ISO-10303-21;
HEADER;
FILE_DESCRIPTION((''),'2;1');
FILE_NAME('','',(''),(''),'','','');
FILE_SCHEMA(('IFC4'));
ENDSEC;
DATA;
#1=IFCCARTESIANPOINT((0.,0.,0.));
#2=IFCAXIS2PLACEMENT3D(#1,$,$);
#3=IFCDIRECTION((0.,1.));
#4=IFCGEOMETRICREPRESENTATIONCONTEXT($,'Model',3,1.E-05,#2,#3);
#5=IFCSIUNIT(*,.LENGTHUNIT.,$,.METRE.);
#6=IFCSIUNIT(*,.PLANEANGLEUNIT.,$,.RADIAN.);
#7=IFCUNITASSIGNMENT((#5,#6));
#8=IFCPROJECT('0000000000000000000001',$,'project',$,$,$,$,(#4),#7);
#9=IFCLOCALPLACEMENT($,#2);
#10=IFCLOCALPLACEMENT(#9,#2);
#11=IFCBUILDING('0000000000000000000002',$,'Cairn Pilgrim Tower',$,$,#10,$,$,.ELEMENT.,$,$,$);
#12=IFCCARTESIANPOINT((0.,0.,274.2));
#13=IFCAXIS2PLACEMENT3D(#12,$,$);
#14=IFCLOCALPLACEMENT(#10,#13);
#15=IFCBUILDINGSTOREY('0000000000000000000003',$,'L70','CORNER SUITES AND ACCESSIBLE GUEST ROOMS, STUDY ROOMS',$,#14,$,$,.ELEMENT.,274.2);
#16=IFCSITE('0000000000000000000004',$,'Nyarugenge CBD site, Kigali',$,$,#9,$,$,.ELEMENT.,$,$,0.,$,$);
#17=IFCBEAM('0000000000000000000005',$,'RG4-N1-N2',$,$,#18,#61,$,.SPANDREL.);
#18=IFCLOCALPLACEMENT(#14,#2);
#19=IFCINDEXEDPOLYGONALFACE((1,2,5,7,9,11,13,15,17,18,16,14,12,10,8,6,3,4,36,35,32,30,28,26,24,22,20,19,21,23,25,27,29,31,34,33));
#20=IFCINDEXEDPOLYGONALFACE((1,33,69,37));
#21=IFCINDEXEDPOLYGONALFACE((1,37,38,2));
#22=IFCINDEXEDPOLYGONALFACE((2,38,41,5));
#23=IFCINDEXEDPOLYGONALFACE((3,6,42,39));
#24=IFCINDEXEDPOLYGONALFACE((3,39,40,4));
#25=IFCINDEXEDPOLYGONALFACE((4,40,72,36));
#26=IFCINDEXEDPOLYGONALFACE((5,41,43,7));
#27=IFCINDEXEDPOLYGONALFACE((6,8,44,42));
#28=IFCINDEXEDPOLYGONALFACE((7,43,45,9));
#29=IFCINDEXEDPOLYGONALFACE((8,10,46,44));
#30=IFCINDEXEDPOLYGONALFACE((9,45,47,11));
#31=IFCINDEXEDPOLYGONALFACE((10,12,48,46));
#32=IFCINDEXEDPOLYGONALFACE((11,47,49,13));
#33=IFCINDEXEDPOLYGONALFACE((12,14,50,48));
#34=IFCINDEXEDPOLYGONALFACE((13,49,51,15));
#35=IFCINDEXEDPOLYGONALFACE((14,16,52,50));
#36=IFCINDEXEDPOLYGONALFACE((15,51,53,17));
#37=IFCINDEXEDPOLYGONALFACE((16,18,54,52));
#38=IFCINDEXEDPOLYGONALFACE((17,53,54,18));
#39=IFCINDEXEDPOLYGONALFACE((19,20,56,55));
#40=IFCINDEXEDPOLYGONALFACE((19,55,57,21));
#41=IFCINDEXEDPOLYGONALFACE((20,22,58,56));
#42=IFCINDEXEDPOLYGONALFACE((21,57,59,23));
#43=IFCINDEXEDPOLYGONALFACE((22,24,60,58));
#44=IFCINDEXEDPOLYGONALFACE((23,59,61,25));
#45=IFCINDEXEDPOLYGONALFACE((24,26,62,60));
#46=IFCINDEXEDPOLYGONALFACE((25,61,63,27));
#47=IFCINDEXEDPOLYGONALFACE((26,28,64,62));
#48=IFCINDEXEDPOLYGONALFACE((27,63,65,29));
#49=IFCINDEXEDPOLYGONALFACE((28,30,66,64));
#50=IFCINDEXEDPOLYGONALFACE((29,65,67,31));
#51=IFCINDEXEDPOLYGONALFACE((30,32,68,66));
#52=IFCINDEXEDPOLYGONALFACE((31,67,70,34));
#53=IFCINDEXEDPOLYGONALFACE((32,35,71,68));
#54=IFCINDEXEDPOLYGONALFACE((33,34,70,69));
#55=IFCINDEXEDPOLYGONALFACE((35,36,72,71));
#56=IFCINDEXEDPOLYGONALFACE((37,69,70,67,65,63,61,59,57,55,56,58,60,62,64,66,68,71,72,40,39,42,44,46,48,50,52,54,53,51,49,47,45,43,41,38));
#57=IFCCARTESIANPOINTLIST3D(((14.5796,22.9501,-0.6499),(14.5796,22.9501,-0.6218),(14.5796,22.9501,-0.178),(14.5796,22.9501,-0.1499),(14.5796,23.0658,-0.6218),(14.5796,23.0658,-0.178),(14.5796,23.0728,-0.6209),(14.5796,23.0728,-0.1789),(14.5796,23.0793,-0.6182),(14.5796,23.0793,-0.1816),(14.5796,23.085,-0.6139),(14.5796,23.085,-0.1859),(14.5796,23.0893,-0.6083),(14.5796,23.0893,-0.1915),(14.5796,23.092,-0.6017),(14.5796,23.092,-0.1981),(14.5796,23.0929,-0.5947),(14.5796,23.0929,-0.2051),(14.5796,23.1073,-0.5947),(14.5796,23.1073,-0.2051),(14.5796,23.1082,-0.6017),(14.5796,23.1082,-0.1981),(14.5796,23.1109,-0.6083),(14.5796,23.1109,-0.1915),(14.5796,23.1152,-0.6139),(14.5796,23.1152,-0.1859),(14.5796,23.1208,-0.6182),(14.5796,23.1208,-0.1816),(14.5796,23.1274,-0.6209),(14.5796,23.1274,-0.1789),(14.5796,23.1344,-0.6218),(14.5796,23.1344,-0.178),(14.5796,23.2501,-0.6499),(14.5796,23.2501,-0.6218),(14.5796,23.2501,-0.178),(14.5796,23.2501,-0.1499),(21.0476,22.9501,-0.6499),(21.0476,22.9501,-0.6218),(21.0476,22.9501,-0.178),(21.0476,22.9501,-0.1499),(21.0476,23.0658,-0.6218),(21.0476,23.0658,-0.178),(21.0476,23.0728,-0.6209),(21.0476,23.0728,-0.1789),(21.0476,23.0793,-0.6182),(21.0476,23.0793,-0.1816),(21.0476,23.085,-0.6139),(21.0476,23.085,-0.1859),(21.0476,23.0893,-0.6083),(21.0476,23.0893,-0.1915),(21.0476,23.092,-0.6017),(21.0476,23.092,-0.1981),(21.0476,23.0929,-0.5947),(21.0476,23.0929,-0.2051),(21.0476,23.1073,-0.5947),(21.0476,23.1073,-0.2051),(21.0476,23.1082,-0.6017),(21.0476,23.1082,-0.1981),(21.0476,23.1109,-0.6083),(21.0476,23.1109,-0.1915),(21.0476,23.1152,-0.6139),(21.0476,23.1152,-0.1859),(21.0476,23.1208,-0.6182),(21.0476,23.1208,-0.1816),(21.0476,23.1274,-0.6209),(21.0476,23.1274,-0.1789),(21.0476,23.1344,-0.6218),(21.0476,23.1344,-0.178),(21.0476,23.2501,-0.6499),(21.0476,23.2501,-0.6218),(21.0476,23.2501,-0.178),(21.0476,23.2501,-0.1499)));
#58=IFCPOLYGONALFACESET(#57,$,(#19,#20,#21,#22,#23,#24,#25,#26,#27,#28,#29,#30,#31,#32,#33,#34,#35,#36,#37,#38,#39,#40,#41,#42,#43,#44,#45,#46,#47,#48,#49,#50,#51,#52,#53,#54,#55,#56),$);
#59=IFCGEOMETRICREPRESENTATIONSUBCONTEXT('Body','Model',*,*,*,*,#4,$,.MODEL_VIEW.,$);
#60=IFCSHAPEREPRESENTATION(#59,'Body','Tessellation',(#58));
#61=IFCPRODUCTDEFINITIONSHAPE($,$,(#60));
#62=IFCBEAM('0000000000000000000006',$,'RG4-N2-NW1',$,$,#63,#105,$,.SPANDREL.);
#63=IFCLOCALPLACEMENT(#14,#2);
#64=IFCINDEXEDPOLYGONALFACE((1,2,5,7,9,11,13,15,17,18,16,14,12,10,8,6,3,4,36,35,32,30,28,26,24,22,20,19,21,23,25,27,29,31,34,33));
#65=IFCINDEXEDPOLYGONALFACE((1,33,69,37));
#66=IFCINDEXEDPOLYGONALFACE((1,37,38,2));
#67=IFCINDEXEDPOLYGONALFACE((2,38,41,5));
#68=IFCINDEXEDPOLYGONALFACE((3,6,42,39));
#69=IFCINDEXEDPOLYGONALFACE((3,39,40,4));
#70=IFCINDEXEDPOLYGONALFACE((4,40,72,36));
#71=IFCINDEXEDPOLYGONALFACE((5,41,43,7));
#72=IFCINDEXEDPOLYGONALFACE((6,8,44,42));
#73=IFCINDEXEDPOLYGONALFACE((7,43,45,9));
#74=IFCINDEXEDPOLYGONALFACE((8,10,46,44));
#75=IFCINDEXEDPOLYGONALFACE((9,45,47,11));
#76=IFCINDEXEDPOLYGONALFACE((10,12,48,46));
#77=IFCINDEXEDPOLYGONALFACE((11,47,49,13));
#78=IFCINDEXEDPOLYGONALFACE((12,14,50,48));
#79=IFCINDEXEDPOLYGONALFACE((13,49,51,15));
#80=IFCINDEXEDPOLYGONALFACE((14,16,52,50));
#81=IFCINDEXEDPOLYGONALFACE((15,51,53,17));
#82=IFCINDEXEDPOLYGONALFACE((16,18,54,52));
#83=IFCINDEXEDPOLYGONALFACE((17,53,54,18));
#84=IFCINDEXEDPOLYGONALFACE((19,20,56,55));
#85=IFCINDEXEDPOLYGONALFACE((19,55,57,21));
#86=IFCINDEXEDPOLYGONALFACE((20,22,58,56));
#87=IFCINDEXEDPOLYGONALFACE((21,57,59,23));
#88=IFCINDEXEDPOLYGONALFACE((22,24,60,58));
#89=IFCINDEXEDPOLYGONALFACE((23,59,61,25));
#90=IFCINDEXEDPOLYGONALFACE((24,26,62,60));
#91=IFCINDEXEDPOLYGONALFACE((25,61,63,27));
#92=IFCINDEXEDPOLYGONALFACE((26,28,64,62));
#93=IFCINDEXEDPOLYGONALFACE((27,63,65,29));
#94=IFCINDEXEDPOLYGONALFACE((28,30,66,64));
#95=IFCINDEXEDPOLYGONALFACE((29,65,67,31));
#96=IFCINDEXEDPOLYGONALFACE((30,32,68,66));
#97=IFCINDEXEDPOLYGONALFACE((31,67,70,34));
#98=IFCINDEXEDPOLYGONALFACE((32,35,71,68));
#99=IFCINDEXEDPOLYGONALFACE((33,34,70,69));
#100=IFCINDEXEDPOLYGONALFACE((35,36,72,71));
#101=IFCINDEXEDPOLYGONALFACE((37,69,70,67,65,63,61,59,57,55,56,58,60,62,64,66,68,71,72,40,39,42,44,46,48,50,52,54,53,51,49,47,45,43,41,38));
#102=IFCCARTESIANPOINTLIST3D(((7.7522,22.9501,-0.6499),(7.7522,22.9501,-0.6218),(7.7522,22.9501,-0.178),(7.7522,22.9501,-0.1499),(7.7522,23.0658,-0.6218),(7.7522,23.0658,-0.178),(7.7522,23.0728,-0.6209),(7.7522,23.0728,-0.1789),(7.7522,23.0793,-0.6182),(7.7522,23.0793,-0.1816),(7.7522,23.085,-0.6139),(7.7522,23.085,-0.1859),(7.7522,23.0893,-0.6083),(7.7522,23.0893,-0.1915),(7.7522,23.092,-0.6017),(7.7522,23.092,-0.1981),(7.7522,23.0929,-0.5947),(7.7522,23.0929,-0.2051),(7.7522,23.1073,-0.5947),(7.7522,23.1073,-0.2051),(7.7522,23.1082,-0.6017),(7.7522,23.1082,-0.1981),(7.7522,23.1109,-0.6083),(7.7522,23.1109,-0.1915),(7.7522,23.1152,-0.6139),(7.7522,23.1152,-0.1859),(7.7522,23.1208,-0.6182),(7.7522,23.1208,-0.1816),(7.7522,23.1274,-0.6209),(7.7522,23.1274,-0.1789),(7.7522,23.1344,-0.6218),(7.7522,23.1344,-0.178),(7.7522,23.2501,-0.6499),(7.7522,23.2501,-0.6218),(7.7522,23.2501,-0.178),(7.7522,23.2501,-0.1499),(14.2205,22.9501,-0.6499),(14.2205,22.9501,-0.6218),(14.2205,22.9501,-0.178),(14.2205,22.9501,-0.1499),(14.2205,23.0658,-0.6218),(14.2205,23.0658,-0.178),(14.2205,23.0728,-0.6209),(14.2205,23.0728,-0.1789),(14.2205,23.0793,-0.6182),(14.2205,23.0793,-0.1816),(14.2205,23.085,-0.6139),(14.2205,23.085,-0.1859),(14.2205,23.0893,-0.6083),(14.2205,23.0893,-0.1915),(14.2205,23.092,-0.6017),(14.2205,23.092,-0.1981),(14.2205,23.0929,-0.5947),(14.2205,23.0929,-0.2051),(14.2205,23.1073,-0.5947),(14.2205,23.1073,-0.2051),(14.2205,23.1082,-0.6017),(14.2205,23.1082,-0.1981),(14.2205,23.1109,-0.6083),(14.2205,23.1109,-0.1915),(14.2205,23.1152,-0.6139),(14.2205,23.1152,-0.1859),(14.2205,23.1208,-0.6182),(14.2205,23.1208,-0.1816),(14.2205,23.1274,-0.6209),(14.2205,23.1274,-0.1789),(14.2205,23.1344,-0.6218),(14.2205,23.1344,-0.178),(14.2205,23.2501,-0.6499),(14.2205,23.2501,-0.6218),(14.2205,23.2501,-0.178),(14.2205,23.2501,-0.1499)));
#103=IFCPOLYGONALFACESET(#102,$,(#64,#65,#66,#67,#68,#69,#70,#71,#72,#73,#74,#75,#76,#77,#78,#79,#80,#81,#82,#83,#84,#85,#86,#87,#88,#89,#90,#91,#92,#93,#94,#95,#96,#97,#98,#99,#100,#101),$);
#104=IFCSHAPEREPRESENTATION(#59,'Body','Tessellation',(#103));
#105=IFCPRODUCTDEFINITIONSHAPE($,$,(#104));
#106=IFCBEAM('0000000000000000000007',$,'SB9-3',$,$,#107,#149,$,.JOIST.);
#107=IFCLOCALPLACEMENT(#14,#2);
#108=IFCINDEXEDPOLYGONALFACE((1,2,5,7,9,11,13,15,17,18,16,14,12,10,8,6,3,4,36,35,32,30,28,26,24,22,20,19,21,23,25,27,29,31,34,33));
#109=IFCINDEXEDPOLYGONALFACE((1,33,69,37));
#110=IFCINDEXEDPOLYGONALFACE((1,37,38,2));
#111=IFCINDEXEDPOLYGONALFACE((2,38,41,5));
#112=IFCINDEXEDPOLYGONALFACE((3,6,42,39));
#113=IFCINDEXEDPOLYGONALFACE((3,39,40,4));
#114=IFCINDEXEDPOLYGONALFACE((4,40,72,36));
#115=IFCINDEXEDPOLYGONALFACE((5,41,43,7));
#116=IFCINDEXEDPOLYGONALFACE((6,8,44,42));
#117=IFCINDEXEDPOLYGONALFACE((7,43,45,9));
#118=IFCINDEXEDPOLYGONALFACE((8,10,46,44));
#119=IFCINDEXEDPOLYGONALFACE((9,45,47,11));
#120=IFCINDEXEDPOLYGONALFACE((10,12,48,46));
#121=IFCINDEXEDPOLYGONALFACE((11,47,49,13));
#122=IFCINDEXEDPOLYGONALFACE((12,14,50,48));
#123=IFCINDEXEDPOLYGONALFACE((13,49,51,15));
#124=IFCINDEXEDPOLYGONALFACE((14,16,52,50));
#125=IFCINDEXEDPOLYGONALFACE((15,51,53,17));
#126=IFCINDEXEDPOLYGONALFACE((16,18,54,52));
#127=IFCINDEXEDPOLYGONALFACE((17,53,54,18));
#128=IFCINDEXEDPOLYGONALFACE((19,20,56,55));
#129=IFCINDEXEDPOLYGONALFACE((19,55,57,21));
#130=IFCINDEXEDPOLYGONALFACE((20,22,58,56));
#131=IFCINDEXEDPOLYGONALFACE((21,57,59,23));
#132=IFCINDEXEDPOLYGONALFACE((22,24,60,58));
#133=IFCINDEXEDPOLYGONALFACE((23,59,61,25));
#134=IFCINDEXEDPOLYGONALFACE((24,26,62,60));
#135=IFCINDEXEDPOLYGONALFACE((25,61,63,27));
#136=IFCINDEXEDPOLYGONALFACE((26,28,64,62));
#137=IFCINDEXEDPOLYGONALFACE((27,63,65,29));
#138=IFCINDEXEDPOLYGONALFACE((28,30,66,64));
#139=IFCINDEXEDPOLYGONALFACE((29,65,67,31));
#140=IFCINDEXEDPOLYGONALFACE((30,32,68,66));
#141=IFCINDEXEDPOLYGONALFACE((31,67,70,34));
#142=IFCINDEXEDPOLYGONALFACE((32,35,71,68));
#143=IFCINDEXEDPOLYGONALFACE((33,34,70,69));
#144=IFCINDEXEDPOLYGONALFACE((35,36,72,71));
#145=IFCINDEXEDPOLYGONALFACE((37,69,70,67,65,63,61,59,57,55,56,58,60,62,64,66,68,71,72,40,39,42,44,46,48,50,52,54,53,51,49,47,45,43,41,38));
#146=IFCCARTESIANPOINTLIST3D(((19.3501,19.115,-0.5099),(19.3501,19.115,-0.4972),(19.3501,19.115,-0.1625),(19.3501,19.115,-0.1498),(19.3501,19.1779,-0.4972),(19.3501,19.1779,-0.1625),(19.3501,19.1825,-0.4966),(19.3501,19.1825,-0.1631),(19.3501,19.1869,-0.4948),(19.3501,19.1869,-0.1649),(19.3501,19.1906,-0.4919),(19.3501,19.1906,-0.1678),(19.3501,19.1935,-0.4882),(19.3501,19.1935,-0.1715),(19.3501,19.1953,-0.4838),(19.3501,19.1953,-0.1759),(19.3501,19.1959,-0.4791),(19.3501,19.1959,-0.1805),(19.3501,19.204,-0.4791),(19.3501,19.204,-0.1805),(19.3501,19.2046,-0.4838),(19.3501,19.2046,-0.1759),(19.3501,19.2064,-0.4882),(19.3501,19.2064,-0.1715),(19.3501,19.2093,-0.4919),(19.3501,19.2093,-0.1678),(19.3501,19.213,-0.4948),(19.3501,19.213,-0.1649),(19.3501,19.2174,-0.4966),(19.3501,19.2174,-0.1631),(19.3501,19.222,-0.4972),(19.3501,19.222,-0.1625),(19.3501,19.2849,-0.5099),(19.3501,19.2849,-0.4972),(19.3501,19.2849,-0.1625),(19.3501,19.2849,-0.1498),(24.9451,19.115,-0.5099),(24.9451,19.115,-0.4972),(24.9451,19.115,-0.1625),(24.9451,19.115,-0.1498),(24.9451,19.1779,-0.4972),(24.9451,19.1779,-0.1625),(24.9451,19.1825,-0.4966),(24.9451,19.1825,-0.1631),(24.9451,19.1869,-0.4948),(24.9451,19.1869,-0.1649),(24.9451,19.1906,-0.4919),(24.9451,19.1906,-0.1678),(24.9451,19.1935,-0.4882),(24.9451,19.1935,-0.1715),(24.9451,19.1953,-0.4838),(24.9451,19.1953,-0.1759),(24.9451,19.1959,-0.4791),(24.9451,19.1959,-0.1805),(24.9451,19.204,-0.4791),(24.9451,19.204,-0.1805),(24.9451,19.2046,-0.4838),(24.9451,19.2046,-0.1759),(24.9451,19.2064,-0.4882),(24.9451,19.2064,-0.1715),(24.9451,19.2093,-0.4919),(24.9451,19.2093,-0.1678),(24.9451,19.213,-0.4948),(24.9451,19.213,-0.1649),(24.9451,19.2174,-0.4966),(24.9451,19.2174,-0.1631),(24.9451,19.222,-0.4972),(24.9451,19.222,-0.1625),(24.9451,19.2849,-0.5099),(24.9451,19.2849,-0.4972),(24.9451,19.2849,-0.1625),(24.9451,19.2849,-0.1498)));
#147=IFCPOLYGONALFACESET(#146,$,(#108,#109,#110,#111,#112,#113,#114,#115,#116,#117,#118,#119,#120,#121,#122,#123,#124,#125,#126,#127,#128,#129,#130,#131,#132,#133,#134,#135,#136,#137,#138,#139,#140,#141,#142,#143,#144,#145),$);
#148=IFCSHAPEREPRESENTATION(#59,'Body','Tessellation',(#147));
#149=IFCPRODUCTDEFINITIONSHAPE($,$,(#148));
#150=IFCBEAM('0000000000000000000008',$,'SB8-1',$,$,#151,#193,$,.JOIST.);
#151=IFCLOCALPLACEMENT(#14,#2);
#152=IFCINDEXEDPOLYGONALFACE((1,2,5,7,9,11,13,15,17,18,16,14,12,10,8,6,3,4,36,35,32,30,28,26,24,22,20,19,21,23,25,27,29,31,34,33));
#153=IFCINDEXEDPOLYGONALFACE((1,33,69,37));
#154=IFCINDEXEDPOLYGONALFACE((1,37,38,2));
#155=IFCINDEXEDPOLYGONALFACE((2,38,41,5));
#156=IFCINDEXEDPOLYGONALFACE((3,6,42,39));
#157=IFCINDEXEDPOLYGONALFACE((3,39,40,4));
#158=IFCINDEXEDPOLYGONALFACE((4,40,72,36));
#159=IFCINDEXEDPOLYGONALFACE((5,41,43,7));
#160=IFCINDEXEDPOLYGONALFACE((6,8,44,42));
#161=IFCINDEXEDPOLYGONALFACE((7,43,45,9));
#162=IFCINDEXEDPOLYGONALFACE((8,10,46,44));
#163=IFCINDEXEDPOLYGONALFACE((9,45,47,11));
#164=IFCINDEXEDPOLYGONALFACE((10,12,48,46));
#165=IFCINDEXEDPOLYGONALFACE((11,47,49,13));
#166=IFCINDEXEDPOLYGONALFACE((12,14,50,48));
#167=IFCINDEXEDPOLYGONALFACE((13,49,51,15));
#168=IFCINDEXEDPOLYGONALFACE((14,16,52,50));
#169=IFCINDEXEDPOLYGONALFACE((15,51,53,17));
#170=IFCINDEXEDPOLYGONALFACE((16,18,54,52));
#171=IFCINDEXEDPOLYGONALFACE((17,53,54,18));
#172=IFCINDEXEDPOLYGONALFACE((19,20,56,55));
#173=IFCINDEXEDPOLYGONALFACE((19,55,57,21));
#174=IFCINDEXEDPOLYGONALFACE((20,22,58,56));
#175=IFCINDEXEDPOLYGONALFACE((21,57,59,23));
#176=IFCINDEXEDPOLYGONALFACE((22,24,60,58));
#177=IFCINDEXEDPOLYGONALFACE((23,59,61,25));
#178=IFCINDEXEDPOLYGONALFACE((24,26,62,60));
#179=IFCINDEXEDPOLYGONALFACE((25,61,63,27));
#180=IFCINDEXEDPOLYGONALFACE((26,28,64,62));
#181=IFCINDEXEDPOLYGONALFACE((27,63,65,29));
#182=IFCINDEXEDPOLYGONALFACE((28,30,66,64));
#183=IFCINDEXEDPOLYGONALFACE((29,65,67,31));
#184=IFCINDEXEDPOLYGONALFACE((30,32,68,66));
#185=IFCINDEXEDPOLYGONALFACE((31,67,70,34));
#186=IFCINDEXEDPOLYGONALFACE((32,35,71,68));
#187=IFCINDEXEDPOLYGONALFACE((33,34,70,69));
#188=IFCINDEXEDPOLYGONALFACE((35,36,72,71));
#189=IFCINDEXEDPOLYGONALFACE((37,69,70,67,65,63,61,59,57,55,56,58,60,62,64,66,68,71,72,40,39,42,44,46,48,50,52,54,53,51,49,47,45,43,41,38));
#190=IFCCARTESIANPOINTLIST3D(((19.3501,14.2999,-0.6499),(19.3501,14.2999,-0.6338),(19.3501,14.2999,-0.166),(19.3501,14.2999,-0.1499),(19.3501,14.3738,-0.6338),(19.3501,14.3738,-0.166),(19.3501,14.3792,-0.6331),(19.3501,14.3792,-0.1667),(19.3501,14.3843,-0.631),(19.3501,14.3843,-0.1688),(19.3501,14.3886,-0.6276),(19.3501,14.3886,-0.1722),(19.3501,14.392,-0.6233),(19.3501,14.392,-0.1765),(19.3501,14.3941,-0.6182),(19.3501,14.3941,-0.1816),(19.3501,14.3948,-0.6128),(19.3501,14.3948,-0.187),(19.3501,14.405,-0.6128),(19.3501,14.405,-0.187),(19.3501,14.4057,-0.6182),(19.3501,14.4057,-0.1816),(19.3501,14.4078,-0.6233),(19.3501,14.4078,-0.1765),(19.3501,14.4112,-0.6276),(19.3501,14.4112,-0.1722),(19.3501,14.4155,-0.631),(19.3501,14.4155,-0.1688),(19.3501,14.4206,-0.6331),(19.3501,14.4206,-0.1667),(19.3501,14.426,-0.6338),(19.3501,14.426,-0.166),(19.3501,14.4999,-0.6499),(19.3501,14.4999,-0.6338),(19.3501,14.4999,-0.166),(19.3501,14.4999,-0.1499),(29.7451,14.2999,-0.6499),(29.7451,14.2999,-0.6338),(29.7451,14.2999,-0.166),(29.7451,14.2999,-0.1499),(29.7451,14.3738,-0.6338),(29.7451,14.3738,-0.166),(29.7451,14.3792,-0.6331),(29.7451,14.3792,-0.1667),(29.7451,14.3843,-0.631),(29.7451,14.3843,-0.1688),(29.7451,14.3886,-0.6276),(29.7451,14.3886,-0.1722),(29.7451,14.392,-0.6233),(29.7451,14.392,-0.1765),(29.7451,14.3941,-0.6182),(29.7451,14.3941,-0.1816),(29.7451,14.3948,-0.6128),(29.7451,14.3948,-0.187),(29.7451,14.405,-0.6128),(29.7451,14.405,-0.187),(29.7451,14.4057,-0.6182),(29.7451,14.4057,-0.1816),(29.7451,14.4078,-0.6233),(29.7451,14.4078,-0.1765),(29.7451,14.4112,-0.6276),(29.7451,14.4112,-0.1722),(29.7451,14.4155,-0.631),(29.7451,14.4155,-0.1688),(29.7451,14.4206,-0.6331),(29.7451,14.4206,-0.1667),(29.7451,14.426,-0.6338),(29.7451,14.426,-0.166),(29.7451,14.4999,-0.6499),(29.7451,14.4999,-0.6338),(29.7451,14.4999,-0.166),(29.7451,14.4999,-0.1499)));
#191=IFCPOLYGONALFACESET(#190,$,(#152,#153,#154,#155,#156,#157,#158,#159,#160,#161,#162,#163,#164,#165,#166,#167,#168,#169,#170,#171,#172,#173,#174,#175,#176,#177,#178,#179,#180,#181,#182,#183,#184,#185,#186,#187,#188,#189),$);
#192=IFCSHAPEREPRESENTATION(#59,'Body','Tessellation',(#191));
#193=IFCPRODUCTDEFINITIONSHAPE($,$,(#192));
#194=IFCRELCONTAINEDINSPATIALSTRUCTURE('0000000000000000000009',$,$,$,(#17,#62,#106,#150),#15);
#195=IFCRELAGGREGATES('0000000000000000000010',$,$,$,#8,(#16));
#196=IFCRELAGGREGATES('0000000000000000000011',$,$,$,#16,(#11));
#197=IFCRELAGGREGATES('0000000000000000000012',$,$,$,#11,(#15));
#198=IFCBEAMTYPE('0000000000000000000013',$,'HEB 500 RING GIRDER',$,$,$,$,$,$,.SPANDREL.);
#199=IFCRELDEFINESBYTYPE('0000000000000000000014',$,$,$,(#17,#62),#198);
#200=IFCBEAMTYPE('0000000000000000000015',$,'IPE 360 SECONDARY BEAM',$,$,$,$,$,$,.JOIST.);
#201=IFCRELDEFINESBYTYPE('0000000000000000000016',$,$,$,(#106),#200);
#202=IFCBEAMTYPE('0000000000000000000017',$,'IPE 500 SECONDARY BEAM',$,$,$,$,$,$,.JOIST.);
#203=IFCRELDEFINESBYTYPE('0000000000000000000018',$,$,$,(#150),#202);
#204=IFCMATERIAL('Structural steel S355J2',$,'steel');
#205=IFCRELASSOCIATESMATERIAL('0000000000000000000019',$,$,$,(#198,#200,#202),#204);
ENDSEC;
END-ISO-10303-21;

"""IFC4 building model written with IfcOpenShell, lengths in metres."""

from ifc_helpers import new_model, si_unit, direction, frame, origin, origin_2d, place, context, subcontext, project, spatial, i_section, extrude, material, material_profile, profile_set, type_object, element, save


model = new_model("IFC4")

# Units and contexts
model_context = context("Model", 3, precision=1e-05, world=origin(), true_north=direction((0.0, 1.0)))
body_context = subcontext(model_context, "Body", "Model", "MODEL_VIEW")
ifc_project = project(units=[si_unit("LENGTHUNIT", "METRE"), si_unit("PLANEANGLEUNIT", "RADIAN")], contexts=[model_context])

# Site, building, storey
site_placement = place(None, origin())
site = spatial("IfcSite", under=ifc_project, at=site_placement, Name="Nyarugenge CBD site, Kigali", CompositionType="ELEMENT", RefElevation=0.0)
building_placement = place(site_placement, origin())
building = spatial("IfcBuilding", under=site, at=building_placement, Name="Cairn Pilgrim Tower", CompositionType="ELEMENT")
storey_placement = place(building_placement, frame((0.0, 0.0, 274.2)))
storey = spatial("IfcBuildingStorey", under=building, at=storey_placement, Name="L70", Description="CORNER SUITES AND ACCESSIBLE GUEST ROOMS, STUDY ROOMS", CompositionType="ELEMENT", Elevation=274.2)

# Shared definitions
ifc_material_1 = material(Name="Structural steel S355J2", Category="steel")

# Beams
ifc_material_profile_1 = material_profile(ifc_material_1, i_section(OverallWidth=0.3, OverallDepth=0.5, WebThickness=0.0144, FlangeThickness=0.0281, FilletRadius=0.0271, at=origin_2d()), Name="HEB 500")
ifc_profile_set_1 = profile_set([ifc_material_profile_1], Name="Structural steel S355J2")
beam_type_1 = type_object("IfcBeamType", Name="HEB 500 RING GIRDER", PredefinedType="SPANDREL", material=ifc_profile_set_1)
beam_1_placement = place(storey_placement, frame((21.0476, 23.1001, -0.3999), z_axis=(-1.0, 0.0, 0.0), x_axis=(0.0, -1.0, 0.0)))
element("IfcBeam", 1, at=beam_1_placement, inside=storey, type_object=beam_type_1, Name="RG4-N1-N2", PredefinedType="SPANDREL", context=body_context, shape_type="SweptSolid", body=[
    extrude(i_section(OverallWidth=0.3, OverallDepth=0.5, WebThickness=0.0144, FlangeThickness=0.0281, FilletRadius=0.0271, at=origin_2d()), origin(), (0.0, 0.0, 1.0), 6.468),
])
beam_2_placement = place(storey_placement, frame((14.2205, 23.1001, -0.3999), z_axis=(-1.0, 0.0, 0.0), x_axis=(0.0, -1.0, 0.0)))
element("IfcBeam", 2, at=beam_2_placement, inside=storey, type_object=beam_type_1, Name="RG4-N2-NW1", PredefinedType="SPANDREL", context=body_context, shape_type="SweptSolid", body=[
    extrude(i_section(OverallWidth=0.3, OverallDepth=0.5, WebThickness=0.0144, FlangeThickness=0.0281, FilletRadius=0.0271, at=origin_2d()), origin(), (0.0, 0.0, 1.0), 6.4683),
])
ifc_material_profile_2 = material_profile(ifc_material_1, i_section(OverallWidth=0.1699, OverallDepth=0.3601, WebThickness=0.0081, FlangeThickness=0.0127, FilletRadius=0.0181, at=origin_2d()), Name="IPE 360")
ifc_profile_set_2 = profile_set([ifc_material_profile_2], Name="Structural steel S355J2")
beam_type_2 = type_object("IfcBeamType", Name="IPE 360 SECONDARY BEAM", PredefinedType="JOIST", material=ifc_profile_set_2)
beam_3_placement = place(storey_placement, frame((19.3501, 19.2, -0.3298), z_axis=(1.0, 0.0, 0.0), x_axis=(0.0, 1.0, 0.0)))
element("IfcBeam", 3, at=beam_3_placement, inside=storey, type_object=beam_type_2, Name="SB9-3", PredefinedType="JOIST", context=body_context, shape_type="SweptSolid", body=[
    extrude(i_section(OverallWidth=0.1699, OverallDepth=0.3601, WebThickness=0.0081, FlangeThickness=0.0127, FilletRadius=0.0181, at=origin_2d()), origin(), (0.0, 0.0, 1.0), 5.595),
])
ifc_material_profile_3 = material_profile(ifc_material_1, i_section(OverallWidth=0.2, OverallDepth=0.5, WebThickness=0.0103, FlangeThickness=0.0161, FilletRadius=0.021, at=origin_2d()), Name="IPE 500")
ifc_profile_set_3 = profile_set([ifc_material_profile_3], Name="Structural steel S355J2")
beam_type_3 = type_object("IfcBeamType", Name="IPE 500 SECONDARY BEAM", PredefinedType="JOIST", material=ifc_profile_set_3)
beam_4_placement = place(storey_placement, frame((19.3501, 14.3999, -0.3999), z_axis=(1.0, 0.0, 0.0), x_axis=(0.0, 1.0, 0.0)))
element("IfcBeam", 4, at=beam_4_placement, inside=storey, type_object=beam_type_3, Name="SB8-1", PredefinedType="JOIST", context=body_context, shape_type="SweptSolid", body=[
    extrude(i_section(OverallWidth=0.2, OverallDepth=0.5, WebThickness=0.0103, FlangeThickness=0.0161, FilletRadius=0.021, at=origin_2d()), origin(), (0.0, 0.0, 1.0), 10.395),
])

save(model, "model.ifc")
